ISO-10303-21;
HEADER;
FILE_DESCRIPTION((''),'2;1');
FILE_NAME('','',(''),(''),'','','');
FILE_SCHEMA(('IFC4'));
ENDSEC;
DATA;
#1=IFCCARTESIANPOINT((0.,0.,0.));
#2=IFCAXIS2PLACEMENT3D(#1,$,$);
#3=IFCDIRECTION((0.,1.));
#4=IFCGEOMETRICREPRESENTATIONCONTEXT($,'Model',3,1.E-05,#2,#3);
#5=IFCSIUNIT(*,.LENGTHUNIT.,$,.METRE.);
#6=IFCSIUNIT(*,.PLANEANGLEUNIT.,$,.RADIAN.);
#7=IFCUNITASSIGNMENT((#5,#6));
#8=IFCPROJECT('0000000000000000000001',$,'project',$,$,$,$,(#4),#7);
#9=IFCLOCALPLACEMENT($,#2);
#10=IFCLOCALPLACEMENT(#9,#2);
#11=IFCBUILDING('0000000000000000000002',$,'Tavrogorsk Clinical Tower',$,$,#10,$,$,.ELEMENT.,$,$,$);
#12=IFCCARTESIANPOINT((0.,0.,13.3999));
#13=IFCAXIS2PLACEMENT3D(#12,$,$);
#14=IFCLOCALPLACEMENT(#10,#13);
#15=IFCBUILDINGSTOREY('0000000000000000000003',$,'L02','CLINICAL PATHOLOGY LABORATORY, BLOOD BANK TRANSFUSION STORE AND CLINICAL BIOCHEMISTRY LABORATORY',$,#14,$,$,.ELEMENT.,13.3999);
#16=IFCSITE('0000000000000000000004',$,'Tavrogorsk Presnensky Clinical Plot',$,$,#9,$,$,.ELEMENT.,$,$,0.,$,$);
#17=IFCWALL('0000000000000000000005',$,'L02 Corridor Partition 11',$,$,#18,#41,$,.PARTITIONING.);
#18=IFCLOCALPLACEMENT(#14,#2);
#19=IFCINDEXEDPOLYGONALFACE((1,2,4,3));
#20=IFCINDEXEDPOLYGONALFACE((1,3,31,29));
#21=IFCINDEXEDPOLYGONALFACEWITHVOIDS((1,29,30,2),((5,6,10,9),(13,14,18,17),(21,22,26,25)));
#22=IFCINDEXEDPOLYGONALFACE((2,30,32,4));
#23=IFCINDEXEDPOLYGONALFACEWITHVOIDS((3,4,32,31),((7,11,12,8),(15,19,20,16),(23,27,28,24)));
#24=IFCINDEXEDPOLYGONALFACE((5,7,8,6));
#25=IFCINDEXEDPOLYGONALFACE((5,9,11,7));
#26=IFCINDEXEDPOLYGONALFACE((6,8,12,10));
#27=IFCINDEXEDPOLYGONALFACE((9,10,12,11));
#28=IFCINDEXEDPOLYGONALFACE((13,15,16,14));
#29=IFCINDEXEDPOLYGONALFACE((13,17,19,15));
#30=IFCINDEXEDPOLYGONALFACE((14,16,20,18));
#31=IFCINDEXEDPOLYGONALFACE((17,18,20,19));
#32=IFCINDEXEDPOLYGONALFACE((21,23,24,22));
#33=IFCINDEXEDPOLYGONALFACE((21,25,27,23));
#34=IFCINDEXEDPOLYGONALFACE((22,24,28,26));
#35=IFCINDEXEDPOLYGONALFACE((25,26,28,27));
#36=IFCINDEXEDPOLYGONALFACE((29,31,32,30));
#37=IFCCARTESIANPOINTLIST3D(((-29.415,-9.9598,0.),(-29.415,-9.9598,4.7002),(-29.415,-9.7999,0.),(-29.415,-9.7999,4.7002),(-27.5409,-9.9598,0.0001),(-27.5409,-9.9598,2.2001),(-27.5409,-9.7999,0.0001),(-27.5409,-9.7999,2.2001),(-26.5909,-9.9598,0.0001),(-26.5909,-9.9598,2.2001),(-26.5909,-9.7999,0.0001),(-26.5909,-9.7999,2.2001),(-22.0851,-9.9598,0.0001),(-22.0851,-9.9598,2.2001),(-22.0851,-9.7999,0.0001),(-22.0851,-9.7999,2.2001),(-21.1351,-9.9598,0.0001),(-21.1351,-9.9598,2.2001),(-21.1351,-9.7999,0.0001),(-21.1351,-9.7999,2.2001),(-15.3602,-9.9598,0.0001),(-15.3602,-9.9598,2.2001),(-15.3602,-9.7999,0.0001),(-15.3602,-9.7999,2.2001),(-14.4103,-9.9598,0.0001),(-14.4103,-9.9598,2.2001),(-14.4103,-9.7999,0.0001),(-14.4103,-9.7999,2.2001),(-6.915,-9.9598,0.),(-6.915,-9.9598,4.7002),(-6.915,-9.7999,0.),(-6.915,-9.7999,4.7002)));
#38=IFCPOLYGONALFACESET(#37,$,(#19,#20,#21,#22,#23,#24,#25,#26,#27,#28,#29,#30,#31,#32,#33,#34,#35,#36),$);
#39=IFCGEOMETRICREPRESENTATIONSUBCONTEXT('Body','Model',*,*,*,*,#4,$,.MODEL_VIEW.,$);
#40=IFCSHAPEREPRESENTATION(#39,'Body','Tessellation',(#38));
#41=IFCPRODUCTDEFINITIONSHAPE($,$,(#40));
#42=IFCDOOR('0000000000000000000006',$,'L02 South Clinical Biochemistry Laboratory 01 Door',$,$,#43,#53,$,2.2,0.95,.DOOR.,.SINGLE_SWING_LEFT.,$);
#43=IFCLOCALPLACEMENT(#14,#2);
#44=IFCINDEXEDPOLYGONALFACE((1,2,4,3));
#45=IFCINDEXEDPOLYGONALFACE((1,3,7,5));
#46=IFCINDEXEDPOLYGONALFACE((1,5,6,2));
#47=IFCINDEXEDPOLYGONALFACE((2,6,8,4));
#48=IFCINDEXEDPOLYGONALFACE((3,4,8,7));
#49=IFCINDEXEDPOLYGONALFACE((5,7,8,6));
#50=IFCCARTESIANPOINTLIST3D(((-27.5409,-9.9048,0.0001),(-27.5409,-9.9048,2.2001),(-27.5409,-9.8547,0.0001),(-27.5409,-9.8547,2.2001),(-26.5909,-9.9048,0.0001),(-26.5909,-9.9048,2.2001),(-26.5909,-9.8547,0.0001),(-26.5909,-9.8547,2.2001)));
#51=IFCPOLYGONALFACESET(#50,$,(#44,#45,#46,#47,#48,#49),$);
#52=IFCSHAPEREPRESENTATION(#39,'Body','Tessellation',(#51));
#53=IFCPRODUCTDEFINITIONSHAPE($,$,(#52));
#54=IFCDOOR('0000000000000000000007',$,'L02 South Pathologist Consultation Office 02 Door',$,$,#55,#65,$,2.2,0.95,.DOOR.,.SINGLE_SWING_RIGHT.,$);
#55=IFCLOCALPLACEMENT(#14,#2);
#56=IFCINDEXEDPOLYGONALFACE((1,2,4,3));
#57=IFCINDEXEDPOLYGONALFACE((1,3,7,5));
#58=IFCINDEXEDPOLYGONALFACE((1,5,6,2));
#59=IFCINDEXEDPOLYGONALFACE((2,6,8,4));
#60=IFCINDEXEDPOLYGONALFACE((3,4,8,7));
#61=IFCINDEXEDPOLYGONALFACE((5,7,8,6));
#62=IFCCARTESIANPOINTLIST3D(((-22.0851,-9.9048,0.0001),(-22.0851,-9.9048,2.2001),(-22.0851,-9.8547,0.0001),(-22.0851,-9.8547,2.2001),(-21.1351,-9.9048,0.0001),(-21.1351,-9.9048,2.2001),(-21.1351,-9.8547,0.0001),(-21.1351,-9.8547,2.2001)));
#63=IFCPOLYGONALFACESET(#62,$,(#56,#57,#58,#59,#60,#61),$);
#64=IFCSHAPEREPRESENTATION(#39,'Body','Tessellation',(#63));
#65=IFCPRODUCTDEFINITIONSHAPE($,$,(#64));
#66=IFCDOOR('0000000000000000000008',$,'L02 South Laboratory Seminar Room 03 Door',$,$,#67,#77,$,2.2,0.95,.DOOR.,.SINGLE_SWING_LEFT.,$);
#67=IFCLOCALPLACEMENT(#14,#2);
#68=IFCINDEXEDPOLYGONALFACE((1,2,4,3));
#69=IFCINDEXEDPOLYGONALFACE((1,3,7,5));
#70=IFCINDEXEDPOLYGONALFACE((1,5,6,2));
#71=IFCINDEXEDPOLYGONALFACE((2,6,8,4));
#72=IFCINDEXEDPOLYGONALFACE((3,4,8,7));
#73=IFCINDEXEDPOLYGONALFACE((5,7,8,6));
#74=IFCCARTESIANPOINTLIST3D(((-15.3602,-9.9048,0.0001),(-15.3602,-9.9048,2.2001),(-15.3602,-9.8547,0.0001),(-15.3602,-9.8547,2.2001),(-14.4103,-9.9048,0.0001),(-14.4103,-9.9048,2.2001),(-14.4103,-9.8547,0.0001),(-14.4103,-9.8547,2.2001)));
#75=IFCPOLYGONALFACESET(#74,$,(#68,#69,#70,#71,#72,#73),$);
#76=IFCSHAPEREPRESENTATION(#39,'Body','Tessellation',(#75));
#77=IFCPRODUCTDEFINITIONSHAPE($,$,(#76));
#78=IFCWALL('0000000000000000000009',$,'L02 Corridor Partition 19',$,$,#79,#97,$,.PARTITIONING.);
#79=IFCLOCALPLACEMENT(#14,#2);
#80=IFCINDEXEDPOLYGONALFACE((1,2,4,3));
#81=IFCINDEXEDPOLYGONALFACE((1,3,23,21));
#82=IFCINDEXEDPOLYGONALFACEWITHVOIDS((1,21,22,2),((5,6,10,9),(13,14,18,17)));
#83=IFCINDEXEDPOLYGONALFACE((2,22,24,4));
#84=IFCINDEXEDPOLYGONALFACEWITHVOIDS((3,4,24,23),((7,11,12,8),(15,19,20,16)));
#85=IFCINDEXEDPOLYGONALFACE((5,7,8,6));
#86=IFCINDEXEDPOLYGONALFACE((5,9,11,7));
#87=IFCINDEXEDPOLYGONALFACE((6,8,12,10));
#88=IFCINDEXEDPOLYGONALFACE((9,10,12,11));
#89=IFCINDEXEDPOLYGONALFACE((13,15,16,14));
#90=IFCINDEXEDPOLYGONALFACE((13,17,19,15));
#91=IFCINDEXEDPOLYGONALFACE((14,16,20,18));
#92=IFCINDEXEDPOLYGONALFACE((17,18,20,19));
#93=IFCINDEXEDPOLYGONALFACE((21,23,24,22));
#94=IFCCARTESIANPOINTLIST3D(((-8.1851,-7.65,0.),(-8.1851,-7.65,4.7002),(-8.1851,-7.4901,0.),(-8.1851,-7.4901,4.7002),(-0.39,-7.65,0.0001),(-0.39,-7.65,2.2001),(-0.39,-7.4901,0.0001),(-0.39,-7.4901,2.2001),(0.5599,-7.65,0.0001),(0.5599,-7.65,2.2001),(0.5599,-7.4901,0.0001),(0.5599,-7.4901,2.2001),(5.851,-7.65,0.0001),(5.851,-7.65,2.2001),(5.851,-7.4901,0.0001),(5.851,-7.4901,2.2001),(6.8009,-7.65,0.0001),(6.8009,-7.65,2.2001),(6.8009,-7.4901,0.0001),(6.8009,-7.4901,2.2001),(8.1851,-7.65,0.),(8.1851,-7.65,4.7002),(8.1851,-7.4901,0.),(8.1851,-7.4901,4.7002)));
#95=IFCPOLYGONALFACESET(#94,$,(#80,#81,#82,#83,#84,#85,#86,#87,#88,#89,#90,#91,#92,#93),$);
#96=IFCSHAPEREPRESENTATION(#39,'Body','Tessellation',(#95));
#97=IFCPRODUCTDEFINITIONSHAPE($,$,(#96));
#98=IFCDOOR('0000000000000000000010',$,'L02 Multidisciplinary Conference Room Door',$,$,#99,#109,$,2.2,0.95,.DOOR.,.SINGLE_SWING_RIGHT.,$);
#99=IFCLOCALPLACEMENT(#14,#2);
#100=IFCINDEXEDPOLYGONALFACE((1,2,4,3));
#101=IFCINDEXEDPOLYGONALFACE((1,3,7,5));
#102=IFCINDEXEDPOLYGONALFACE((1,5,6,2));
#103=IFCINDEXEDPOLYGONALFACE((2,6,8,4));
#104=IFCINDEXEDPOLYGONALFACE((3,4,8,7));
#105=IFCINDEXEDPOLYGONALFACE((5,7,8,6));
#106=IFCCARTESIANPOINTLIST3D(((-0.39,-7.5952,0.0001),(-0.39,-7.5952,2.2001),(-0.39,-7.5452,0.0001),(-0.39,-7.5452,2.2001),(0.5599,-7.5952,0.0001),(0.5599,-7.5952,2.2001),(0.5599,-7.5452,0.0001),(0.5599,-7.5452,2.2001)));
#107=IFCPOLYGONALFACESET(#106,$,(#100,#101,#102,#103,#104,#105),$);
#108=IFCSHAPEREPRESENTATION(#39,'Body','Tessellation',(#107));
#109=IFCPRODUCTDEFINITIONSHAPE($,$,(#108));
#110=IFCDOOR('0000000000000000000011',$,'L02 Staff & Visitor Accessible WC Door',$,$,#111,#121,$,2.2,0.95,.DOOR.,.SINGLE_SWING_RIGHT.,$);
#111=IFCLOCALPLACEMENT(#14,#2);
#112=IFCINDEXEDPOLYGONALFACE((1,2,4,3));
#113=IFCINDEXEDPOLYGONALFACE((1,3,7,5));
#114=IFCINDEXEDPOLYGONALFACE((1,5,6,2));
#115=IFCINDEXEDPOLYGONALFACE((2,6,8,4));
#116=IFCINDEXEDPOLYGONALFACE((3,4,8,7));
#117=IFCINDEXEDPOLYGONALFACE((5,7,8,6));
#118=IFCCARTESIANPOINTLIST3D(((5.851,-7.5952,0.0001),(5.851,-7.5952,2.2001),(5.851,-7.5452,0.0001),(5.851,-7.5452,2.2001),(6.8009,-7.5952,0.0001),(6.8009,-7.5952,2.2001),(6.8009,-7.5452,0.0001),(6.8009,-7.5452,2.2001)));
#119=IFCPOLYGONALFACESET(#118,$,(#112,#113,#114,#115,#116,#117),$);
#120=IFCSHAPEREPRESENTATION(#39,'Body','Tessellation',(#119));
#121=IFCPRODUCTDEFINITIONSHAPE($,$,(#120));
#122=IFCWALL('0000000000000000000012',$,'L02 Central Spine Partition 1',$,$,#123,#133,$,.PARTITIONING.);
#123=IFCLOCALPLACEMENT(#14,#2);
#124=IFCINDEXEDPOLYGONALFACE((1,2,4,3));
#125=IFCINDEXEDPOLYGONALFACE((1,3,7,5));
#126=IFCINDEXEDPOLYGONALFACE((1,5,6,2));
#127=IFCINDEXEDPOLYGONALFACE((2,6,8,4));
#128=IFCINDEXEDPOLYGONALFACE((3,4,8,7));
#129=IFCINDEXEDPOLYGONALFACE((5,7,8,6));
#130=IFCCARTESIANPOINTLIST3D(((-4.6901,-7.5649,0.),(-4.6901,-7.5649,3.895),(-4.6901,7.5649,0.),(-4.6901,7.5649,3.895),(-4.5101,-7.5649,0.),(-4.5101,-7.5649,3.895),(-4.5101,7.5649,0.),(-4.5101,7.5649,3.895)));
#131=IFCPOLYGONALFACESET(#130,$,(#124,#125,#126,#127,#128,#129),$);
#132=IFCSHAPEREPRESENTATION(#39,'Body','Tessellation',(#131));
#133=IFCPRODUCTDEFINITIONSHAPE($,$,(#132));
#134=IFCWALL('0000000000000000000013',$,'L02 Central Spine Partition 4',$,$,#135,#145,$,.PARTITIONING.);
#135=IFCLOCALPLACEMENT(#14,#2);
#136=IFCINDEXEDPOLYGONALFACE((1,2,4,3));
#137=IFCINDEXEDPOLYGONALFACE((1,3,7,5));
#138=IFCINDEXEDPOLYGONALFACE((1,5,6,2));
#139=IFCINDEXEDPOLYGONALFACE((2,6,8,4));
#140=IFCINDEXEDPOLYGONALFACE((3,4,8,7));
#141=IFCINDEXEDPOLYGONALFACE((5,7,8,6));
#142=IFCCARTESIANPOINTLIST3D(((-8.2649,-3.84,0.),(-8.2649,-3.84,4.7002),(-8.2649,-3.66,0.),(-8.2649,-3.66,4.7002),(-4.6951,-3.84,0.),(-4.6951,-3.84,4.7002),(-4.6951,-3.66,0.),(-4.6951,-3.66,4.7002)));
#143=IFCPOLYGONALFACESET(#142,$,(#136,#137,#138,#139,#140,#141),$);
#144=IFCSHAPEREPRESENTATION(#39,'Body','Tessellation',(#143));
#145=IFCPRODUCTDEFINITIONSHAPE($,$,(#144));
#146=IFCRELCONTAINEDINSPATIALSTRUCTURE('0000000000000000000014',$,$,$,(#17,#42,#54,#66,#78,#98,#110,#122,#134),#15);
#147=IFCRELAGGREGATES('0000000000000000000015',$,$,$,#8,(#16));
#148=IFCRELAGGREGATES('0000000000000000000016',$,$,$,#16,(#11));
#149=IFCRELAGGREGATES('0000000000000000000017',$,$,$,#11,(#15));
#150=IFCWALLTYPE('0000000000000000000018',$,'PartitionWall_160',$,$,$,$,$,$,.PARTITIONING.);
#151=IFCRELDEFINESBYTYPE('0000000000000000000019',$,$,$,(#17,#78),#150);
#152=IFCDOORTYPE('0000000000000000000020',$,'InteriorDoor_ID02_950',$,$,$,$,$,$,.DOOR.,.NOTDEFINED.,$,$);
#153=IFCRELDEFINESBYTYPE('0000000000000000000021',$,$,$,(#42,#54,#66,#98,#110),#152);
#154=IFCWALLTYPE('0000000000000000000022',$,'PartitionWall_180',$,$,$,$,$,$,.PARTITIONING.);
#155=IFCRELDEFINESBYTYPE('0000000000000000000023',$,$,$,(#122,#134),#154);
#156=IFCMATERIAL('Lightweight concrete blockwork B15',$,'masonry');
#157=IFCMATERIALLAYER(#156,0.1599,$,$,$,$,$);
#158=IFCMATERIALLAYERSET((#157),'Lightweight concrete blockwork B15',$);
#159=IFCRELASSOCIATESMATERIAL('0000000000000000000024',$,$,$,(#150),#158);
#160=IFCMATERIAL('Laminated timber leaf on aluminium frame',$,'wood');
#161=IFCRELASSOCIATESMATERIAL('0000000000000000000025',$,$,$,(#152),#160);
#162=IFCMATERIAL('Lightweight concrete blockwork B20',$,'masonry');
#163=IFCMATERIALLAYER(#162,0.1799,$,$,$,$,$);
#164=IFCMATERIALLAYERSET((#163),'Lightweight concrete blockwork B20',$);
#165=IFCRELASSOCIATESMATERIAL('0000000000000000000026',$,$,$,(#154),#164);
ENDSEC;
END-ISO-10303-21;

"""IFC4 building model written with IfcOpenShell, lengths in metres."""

from ifc_helpers import new_model, si_unit, direction, frame, frame_2d, origin, place, context, subcontext, project, spatial, rectangle, extrude, material, layer, layer_set, type_object, element, fill, save


model = new_model("IFC4")

# Units and contexts
model_context = context("Model", 3, precision=1e-05, world=origin(), true_north=direction((0.0, 1.0)))
body_context = subcontext(model_context, "Body", "Model", "MODEL_VIEW")
ifc_project = project(units=[si_unit("LENGTHUNIT", "METRE"), si_unit("PLANEANGLEUNIT", "RADIAN")], contexts=[model_context])

# Site, building, storey
site_placement = place(None, origin())
site = spatial("IfcSite", under=ifc_project, at=site_placement, Name="Tavrogorsk Presnensky Clinical Plot", CompositionType="ELEMENT", RefElevation=0.0)
building_placement = place(site_placement, origin())
building = spatial("IfcBuilding", under=site, at=building_placement, Name="Tavrogorsk Clinical Tower", CompositionType="ELEMENT")
storey_placement = place(building_placement, frame((0.0, 0.0, 13.3999)))
storey = spatial("IfcBuildingStorey", under=building, at=storey_placement, Name="L02", Description="CLINICAL PATHOLOGY LABORATORY, BLOOD BANK TRANSFUSION STORE AND CLINICAL BIOCHEMISTRY LABORATORY", CompositionType="ELEMENT", Elevation=13.3999)

# Walls, openings, doors
ifc_material_1 = material(Name="Lightweight concrete blockwork B15", Category="masonry")
ifc_layer_1 = layer(ifc_material_1, 0.1599)
ifc_layer_set_1 = layer_set([ifc_layer_1], Name="Lightweight concrete blockwork B15")
wall_type_1 = type_object("IfcWallType", Name="PartitionWall_160", PredefinedType="PARTITIONING", material=ifc_layer_set_1)
wall_1_placement = place(storey_placement, frame((-6.915, -9.8799, 0.0), z_axis=(0.0, 0.0, 1.0), x_axis=(-1.0, 0.0, 0.0)))
wall_1 = element("IfcWall", 1, at=wall_1_placement, inside=storey, type_object=wall_type_1, Name="L02 Corridor Partition 11", PredefinedType="PARTITIONING", context=body_context, shape_type="SweptSolid", body=[
    extrude(rectangle(XDim=22.5, YDim=0.1599, at=frame_2d((11.25, 0.0))), origin(), (0.0, 0.0, 1.0), 4.7002),
])
opening_1_placement = place(wall_1_placement, frame((19.6758, 0.0, 0.0)))
opening_1 = element("IfcOpeningElement", 2, at=opening_1_placement, cuts=wall_1, PredefinedType="OPENING", context=body_context, shape_type="SweptSolid", body=[
    extrude(rectangle(XDim=0.95, YDim=2.2, at=frame_2d((0.4751, 1.1001))), frame((0.0, 0.0898, 0.0), z_axis=(0.0, -1.0, 0.0), x_axis=(1.0, 0.0, 0.0)), (0.0, 0.0, 1.0), 0.1799),
])
opening_2_placement = place(wall_1_placement, frame((14.22, 0.0, 0.0)))
opening_2 = element("IfcOpeningElement", 3, at=opening_2_placement, cuts=wall_1, PredefinedType="OPENING", context=body_context, shape_type="SweptSolid", body=[
    extrude(rectangle(XDim=0.95, YDim=2.2, at=frame_2d((0.4751, 1.1001))), frame((0.0, 0.0898, 0.0), z_axis=(0.0, -1.0, 0.0), x_axis=(1.0, 0.0, 0.0)), (0.0, 0.0, 1.0), 0.1799),
])
opening_3_placement = place(wall_1_placement, frame((7.4951, 0.0, 0.0)))
opening_3 = element("IfcOpeningElement", 4, at=opening_3_placement, cuts=wall_1, PredefinedType="OPENING", context=body_context, shape_type="SweptSolid", body=[
    extrude(rectangle(XDim=0.95, YDim=2.2, at=frame_2d((0.4751, 1.1001))), frame((0.0, 0.0898, 0.0), z_axis=(0.0, -1.0, 0.0), x_axis=(1.0, 0.0, 0.0)), (0.0, 0.0, 1.0), 0.1799),
])
ifc_material_2 = material(Name="Laminated timber leaf on aluminium frame", Category="wood")
door_type_1 = type_object("IfcDoorType", Name="InteriorDoor_ID02_950", OperationType="NOTDEFINED", PredefinedType="DOOR", material=ifc_material_2)
door_1_placement = place(opening_1_placement, origin())
door_1 = element("IfcDoor", 5, at=door_1_placement, inside=storey, type_object=door_type_1, Name="L02 South Clinical Biochemistry Laboratory 01 Door", OperationType="SINGLE_SWING_LEFT", OverallHeight=2.2, OverallWidth=0.95, PredefinedType="DOOR", context=body_context, shape_type="SweptSolid", body=[
    extrude(rectangle(XDim=0.95, YDim=2.2, at=frame_2d((0.4751, 1.1001))), frame((0.0, 0.0249, 0.0), z_axis=(0.0, -1.0, 0.0), x_axis=(1.0, 0.0, 0.0)), (0.0, 0.0, 1.0), 0.05),
])
fill(opening_1, door_1)
door_2_placement = place(opening_2_placement, origin())
door_2 = element("IfcDoor", 6, at=door_2_placement, inside=storey, type_object=door_type_1, Name="L02 South Pathologist Consultation Office 02 Door", OperationType="SINGLE_SWING_RIGHT", OverallHeight=2.2, OverallWidth=0.95, PredefinedType="DOOR", context=body_context, shape_type="SweptSolid", body=[
    extrude(rectangle(XDim=0.95, YDim=2.2, at=frame_2d((0.4751, 1.1001))), frame((0.0, 0.0249, 0.0), z_axis=(0.0, -1.0, 0.0), x_axis=(1.0, 0.0, 0.0)), (0.0, 0.0, 1.0), 0.05),
])
fill(opening_2, door_2)
door_3_placement = place(opening_3_placement, origin())
door_3 = element("IfcDoor", 7, at=door_3_placement, inside=storey, type_object=door_type_1, Name="L02 South Laboratory Seminar Room 03 Door", OperationType="SINGLE_SWING_LEFT", OverallHeight=2.2, OverallWidth=0.95, PredefinedType="DOOR", context=body_context, shape_type="SweptSolid", body=[
    extrude(rectangle(XDim=0.95, YDim=2.2, at=frame_2d((0.4751, 1.1001))), frame((0.0, 0.0249, 0.0), z_axis=(0.0, -1.0, 0.0), x_axis=(1.0, 0.0, 0.0)), (0.0, 0.0, 1.0), 0.05),
])
fill(opening_3, door_3)
wall_2_placement = place(storey_placement, frame((-8.1851, -7.5701, 0.0), z_axis=(0.0, 0.0, 1.0), x_axis=(1.0, 0.0, 0.0)))
wall_2 = element("IfcWall", 8, at=wall_2_placement, inside=storey, type_object=wall_type_1, Name="L02 Corridor Partition 19", PredefinedType="PARTITIONING", context=body_context, shape_type="SweptSolid", body=[
    extrude(rectangle(XDim=16.3701, YDim=0.1599, at=frame_2d((8.1851, 0.0))), origin(), (0.0, 0.0, 1.0), 4.7002),
])
opening_4_placement = place(wall_2_placement, frame((7.7949, 0.0, 0.0)))
opening_4 = element("IfcOpeningElement", 9, at=opening_4_placement, cuts=wall_2, PredefinedType="OPENING", context=body_context, shape_type="SweptSolid", body=[
    extrude(rectangle(XDim=0.95, YDim=2.2, at=frame_2d((0.4751, 1.1001))), frame((0.0, 0.0898, 0.0), z_axis=(0.0, -1.0, 0.0), x_axis=(1.0, 0.0, 0.0)), (0.0, 0.0, 1.0), 0.1799),
])
opening_5_placement = place(wall_2_placement, frame((14.0359, 0.0, 0.0)))
opening_5 = element("IfcOpeningElement", 10, at=opening_5_placement, cuts=wall_2, PredefinedType="OPENING", context=body_context, shape_type="SweptSolid", body=[
    extrude(rectangle(XDim=0.95, YDim=2.2, at=frame_2d((0.4751, 1.1001))), frame((0.0, 0.0898, 0.0), z_axis=(0.0, -1.0, 0.0), x_axis=(1.0, 0.0, 0.0)), (0.0, 0.0, 1.0), 0.1799),
])
door_4_placement = place(opening_4_placement, origin())
door_4 = element("IfcDoor", 11, at=door_4_placement, inside=storey, type_object=door_type_1, Name="L02 Multidisciplinary Conference Room Door", OperationType="SINGLE_SWING_RIGHT", OverallHeight=2.2, OverallWidth=0.95, PredefinedType="DOOR", context=body_context, shape_type="SweptSolid", body=[
    extrude(rectangle(XDim=0.95, YDim=2.2, at=frame_2d((0.4751, 1.1001))), frame((0.0, 0.0249, 0.0), z_axis=(0.0, -1.0, 0.0), x_axis=(1.0, 0.0, 0.0)), (0.0, 0.0, 1.0), 0.05),
])
fill(opening_4, door_4)
door_5_placement = place(opening_5_placement, origin())
door_5 = element("IfcDoor", 12, at=door_5_placement, inside=storey, type_object=door_type_1, Name="L02 Staff & Visitor Accessible WC Door", OperationType="SINGLE_SWING_RIGHT", OverallHeight=2.2, OverallWidth=0.95, PredefinedType="DOOR", context=body_context, shape_type="SweptSolid", body=[
    extrude(rectangle(XDim=0.95, YDim=2.2, at=frame_2d((0.4751, 1.1001))), frame((0.0, 0.0249, 0.0), z_axis=(0.0, -1.0, 0.0), x_axis=(1.0, 0.0, 0.0)), (0.0, 0.0, 1.0), 0.05),
])
fill(opening_5, door_5)

# Walls
ifc_material_3 = material(Name="Lightweight concrete blockwork B20", Category="masonry")
ifc_layer_2 = layer(ifc_material_3, 0.1799)
ifc_layer_set_2 = layer_set([ifc_layer_2], Name="Lightweight concrete blockwork B20")
wall_type_2 = type_object("IfcWallType", Name="PartitionWall_180", PredefinedType="PARTITIONING", material=ifc_layer_set_2)
wall_3_placement = place(storey_placement, frame((-4.6001, -7.5649, 0.0), z_axis=(0.0, 0.0, 1.0), x_axis=(0.0, 1.0, 0.0)))
element("IfcWall", 13, at=wall_3_placement, inside=storey, type_object=wall_type_2, Name="L02 Central Spine Partition 1", PredefinedType="PARTITIONING", context=body_context, shape_type="SweptSolid", body=[
    extrude(rectangle(XDim=15.1299, YDim=0.1799, at=frame_2d((7.5649, 0.0))), origin(), (0.0, 0.0, 1.0), 3.895),
])
wall_4_placement = place(storey_placement, frame((-8.2649, -3.75, 0.0), z_axis=(0.0, 0.0, 1.0), x_axis=(1.0, 0.0, 0.0)))
element("IfcWall", 14, at=wall_4_placement, inside=storey, type_object=wall_type_2, Name="L02 Central Spine Partition 4", PredefinedType="PARTITIONING", context=body_context, shape_type="SweptSolid", body=[
    extrude(rectangle(XDim=3.5698, YDim=0.1799, at=frame_2d((1.7849, 0.0))), origin(), (0.0, 0.0, 1.0), 4.7002),
])

save(model, "model.ifc")
